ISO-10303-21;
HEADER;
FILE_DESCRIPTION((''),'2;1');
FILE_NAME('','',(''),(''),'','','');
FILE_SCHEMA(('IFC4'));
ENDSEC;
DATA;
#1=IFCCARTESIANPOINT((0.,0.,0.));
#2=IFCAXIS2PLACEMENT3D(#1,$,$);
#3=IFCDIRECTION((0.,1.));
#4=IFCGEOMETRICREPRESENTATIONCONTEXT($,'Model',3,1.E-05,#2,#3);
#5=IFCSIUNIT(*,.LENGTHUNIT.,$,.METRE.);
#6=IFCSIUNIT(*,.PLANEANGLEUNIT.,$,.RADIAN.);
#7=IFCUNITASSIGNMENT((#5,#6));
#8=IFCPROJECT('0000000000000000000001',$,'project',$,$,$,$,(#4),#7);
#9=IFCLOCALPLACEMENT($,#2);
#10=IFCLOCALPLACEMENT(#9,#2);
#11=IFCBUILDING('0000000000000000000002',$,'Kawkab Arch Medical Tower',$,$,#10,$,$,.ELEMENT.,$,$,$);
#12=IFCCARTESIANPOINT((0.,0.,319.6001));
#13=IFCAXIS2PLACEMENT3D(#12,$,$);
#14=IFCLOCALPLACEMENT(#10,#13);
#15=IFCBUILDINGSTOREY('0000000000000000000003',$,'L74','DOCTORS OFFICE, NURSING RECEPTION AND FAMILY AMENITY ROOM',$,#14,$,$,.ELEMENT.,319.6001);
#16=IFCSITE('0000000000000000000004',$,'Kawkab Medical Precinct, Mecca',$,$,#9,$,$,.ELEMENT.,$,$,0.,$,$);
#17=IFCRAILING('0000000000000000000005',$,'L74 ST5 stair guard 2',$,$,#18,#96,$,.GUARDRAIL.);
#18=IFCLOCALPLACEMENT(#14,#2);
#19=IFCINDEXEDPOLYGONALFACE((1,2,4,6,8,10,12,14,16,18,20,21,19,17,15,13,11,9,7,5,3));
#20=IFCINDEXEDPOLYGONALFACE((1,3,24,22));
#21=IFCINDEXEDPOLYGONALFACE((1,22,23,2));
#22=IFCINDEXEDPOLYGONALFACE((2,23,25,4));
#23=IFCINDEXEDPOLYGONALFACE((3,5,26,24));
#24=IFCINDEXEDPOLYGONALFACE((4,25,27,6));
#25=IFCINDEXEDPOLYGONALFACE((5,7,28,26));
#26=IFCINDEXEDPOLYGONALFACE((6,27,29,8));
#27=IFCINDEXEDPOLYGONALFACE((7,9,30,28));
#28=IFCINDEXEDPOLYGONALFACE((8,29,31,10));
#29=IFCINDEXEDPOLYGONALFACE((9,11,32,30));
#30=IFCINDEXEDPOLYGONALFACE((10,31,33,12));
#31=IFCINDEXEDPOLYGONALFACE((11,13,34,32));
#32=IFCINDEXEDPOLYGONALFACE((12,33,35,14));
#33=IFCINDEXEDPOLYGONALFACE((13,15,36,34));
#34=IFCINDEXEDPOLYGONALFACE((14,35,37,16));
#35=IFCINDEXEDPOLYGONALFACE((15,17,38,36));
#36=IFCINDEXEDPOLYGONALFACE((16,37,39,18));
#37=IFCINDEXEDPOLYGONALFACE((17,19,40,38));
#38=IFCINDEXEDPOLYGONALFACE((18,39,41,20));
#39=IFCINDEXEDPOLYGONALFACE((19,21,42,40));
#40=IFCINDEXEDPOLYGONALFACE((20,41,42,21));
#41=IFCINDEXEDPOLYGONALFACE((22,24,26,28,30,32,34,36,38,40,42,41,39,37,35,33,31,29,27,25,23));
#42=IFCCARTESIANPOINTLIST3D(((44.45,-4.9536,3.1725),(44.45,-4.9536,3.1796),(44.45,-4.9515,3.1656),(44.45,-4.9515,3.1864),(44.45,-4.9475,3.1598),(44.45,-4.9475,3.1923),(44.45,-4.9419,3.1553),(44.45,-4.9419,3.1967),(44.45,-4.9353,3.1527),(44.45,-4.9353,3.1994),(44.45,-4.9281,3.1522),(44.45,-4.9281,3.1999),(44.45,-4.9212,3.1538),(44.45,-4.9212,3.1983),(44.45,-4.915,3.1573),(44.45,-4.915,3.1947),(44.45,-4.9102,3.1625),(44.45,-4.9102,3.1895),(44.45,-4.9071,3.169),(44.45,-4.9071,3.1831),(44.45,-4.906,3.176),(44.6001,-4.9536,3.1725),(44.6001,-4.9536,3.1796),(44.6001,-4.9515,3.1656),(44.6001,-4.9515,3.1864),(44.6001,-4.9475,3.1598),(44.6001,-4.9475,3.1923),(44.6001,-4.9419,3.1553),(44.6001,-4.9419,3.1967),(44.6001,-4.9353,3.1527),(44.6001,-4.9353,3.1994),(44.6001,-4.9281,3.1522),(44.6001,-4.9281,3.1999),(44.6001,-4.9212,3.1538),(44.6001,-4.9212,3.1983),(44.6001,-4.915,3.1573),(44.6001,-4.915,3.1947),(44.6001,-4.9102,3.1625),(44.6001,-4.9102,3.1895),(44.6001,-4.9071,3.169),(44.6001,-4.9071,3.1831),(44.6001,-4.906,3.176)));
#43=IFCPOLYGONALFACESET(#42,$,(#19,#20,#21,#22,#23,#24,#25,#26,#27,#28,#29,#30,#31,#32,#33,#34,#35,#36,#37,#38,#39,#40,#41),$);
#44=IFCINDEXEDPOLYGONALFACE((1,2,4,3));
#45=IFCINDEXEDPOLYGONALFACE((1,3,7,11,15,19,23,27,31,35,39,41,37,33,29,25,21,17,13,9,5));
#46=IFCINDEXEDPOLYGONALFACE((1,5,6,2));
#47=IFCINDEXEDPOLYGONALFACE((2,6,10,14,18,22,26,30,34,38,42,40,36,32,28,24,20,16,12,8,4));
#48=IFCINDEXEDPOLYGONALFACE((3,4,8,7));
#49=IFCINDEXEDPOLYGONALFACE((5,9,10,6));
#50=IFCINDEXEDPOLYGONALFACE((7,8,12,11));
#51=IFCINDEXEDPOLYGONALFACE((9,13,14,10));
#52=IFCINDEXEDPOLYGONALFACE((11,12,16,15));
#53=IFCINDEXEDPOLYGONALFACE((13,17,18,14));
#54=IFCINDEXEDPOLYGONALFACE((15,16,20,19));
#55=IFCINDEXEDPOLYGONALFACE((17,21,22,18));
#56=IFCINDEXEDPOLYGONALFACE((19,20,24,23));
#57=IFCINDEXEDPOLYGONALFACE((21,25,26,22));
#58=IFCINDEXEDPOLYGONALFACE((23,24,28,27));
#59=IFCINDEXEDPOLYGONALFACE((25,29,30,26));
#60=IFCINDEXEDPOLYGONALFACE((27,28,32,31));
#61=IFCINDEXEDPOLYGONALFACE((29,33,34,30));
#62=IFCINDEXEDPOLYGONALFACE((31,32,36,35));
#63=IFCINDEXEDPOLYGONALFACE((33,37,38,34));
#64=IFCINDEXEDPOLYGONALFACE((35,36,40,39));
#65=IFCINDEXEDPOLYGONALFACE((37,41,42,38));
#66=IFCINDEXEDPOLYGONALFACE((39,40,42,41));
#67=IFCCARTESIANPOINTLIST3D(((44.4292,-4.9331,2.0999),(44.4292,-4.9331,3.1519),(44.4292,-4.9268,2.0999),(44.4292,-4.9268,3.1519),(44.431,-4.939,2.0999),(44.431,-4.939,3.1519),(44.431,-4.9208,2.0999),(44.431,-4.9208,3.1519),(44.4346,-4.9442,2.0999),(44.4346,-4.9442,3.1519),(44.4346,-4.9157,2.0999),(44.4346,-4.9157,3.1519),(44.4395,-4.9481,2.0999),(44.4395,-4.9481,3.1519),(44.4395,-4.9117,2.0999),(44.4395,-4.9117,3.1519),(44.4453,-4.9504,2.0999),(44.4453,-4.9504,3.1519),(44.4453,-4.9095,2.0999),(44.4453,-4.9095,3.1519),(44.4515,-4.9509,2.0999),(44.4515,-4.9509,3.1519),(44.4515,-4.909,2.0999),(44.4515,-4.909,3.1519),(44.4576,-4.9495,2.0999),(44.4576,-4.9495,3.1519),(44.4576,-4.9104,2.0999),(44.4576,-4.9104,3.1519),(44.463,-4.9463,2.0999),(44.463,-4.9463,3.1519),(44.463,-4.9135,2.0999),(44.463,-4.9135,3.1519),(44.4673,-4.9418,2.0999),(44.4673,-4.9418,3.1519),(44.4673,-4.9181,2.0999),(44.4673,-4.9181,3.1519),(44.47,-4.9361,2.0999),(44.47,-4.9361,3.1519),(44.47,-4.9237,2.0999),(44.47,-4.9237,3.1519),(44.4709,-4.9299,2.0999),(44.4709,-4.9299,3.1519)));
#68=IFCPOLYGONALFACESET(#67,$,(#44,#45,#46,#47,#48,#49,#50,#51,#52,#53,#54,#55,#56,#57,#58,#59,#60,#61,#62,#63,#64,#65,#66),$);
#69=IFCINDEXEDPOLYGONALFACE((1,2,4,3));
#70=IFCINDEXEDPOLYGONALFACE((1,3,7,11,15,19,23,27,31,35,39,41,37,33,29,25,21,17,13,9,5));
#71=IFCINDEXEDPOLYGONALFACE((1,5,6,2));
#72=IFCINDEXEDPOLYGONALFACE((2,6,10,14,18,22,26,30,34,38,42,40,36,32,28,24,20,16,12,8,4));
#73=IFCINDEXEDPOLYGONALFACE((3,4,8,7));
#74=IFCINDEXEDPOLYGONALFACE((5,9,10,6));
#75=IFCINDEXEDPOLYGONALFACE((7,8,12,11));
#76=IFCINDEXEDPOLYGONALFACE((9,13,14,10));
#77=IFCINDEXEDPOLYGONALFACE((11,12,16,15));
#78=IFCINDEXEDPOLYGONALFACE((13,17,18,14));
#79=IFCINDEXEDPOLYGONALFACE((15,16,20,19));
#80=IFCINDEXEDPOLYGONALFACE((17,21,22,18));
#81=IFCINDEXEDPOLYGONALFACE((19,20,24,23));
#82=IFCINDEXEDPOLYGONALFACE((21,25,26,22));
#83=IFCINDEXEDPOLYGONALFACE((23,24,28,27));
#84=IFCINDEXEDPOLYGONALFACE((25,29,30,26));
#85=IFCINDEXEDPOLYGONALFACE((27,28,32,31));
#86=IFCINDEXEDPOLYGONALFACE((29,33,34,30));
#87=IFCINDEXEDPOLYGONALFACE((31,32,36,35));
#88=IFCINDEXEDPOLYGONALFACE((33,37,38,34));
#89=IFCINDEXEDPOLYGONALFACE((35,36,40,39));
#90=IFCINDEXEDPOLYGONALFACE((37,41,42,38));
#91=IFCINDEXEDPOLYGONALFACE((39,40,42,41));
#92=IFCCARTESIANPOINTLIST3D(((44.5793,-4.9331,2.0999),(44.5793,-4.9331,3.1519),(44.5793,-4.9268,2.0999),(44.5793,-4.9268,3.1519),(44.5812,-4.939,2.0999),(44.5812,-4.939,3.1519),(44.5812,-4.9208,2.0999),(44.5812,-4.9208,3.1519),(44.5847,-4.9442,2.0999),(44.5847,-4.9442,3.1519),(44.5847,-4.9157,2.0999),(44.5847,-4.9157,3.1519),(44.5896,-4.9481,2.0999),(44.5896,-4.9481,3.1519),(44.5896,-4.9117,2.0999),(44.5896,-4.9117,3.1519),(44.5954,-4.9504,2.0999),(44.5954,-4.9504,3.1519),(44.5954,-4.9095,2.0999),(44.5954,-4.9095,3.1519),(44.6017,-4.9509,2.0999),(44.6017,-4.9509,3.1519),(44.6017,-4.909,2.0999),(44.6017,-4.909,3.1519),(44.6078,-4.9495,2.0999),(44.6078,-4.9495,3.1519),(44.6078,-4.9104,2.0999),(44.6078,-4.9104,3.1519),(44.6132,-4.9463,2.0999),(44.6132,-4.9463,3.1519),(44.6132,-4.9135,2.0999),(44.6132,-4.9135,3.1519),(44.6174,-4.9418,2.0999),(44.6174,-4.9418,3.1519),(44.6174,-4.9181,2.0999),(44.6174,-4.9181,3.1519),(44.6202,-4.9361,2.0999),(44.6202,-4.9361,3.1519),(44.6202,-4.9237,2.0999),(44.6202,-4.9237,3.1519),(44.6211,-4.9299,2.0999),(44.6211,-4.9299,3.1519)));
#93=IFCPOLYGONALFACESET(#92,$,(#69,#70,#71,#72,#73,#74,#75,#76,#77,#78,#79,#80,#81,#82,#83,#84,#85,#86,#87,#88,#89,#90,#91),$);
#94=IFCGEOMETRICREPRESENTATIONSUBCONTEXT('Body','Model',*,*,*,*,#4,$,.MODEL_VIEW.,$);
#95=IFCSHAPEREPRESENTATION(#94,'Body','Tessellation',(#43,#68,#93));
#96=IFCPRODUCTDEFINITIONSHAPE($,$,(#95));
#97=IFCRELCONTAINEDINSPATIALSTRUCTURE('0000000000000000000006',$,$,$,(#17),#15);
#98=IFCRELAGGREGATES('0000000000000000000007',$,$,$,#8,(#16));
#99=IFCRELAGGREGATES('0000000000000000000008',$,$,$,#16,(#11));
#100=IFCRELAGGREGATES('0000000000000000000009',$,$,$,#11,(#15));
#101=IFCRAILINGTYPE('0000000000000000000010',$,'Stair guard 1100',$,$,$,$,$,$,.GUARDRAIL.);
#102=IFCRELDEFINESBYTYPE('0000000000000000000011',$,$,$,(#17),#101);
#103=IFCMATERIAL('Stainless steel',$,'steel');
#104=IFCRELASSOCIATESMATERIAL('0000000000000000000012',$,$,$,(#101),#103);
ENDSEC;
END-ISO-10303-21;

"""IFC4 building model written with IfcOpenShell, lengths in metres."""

from ifc_helpers import new_model, si_unit, direction, frame, origin, origin_2d, place, context, subcontext, project, spatial, circle, extrude, material, type_object, element, save


model = new_model("IFC4")

# Units and contexts
model_context = context("Model", 3, precision=1e-05, world=origin(), true_north=direction((0.0, 1.0)))
body_context = subcontext(model_context, "Body", "Model", "MODEL_VIEW")
ifc_project = project(units=[si_unit("LENGTHUNIT", "METRE"), si_unit("PLANEANGLEUNIT", "RADIAN")], contexts=[model_context])

# Site, building, storey
site_placement = place(None, origin())
site = spatial("IfcSite", under=ifc_project, at=site_placement, Name="Kawkab Medical Precinct, Mecca", CompositionType="ELEMENT", RefElevation=0.0)
building_placement = place(site_placement, origin())
building = spatial("IfcBuilding", under=site, at=building_placement, Name="Kawkab Arch Medical Tower", CompositionType="ELEMENT")
storey_placement = place(building_placement, frame((0.0, 0.0, 319.6001)))
storey = spatial("IfcBuildingStorey", under=building, at=storey_placement, Name="L74", Description="DOCTORS OFFICE, NURSING RECEPTION AND FAMILY AMENITY ROOM", CompositionType="ELEMENT", Elevation=319.6001)

# Railing
ifc_material_1 = material(Name="Stainless steel", Category="steel")
railing_type = type_object("IfcRailingType", Name="Stair guard 1100", PredefinedType="GUARDRAIL", material=ifc_material_1)
railing_1_placement = place(storey_placement, frame((44.45, -4.9299, 2.0999)))
element("IfcRailing", 1, at=railing_1_placement, inside=storey, type_object=railing_type, Name="L74 ST5 stair guard 2", PredefinedType="GUARDRAIL", context=body_context, shape_type="SweptSolid", body=[
    extrude(circle(Radius=0.0239, at=origin_2d()), frame((0.0, 0.0, 1.0762), z_axis=(1.0, 0.0, 0.0), x_axis=(0.0, 1.0, 0.0)), (0.0, 0.0, 1.0), 0.1501),
    extrude(circle(Radius=0.021, at=origin_2d()), origin(), (0.0, 0.0, 1.0), 1.052),
    extrude(circle(Radius=0.021, at=origin_2d()), frame((0.1501, 0.0, 0.0)), (0.0, 0.0, 1.0), 1.052),
])

save(model, "model.ifc")
